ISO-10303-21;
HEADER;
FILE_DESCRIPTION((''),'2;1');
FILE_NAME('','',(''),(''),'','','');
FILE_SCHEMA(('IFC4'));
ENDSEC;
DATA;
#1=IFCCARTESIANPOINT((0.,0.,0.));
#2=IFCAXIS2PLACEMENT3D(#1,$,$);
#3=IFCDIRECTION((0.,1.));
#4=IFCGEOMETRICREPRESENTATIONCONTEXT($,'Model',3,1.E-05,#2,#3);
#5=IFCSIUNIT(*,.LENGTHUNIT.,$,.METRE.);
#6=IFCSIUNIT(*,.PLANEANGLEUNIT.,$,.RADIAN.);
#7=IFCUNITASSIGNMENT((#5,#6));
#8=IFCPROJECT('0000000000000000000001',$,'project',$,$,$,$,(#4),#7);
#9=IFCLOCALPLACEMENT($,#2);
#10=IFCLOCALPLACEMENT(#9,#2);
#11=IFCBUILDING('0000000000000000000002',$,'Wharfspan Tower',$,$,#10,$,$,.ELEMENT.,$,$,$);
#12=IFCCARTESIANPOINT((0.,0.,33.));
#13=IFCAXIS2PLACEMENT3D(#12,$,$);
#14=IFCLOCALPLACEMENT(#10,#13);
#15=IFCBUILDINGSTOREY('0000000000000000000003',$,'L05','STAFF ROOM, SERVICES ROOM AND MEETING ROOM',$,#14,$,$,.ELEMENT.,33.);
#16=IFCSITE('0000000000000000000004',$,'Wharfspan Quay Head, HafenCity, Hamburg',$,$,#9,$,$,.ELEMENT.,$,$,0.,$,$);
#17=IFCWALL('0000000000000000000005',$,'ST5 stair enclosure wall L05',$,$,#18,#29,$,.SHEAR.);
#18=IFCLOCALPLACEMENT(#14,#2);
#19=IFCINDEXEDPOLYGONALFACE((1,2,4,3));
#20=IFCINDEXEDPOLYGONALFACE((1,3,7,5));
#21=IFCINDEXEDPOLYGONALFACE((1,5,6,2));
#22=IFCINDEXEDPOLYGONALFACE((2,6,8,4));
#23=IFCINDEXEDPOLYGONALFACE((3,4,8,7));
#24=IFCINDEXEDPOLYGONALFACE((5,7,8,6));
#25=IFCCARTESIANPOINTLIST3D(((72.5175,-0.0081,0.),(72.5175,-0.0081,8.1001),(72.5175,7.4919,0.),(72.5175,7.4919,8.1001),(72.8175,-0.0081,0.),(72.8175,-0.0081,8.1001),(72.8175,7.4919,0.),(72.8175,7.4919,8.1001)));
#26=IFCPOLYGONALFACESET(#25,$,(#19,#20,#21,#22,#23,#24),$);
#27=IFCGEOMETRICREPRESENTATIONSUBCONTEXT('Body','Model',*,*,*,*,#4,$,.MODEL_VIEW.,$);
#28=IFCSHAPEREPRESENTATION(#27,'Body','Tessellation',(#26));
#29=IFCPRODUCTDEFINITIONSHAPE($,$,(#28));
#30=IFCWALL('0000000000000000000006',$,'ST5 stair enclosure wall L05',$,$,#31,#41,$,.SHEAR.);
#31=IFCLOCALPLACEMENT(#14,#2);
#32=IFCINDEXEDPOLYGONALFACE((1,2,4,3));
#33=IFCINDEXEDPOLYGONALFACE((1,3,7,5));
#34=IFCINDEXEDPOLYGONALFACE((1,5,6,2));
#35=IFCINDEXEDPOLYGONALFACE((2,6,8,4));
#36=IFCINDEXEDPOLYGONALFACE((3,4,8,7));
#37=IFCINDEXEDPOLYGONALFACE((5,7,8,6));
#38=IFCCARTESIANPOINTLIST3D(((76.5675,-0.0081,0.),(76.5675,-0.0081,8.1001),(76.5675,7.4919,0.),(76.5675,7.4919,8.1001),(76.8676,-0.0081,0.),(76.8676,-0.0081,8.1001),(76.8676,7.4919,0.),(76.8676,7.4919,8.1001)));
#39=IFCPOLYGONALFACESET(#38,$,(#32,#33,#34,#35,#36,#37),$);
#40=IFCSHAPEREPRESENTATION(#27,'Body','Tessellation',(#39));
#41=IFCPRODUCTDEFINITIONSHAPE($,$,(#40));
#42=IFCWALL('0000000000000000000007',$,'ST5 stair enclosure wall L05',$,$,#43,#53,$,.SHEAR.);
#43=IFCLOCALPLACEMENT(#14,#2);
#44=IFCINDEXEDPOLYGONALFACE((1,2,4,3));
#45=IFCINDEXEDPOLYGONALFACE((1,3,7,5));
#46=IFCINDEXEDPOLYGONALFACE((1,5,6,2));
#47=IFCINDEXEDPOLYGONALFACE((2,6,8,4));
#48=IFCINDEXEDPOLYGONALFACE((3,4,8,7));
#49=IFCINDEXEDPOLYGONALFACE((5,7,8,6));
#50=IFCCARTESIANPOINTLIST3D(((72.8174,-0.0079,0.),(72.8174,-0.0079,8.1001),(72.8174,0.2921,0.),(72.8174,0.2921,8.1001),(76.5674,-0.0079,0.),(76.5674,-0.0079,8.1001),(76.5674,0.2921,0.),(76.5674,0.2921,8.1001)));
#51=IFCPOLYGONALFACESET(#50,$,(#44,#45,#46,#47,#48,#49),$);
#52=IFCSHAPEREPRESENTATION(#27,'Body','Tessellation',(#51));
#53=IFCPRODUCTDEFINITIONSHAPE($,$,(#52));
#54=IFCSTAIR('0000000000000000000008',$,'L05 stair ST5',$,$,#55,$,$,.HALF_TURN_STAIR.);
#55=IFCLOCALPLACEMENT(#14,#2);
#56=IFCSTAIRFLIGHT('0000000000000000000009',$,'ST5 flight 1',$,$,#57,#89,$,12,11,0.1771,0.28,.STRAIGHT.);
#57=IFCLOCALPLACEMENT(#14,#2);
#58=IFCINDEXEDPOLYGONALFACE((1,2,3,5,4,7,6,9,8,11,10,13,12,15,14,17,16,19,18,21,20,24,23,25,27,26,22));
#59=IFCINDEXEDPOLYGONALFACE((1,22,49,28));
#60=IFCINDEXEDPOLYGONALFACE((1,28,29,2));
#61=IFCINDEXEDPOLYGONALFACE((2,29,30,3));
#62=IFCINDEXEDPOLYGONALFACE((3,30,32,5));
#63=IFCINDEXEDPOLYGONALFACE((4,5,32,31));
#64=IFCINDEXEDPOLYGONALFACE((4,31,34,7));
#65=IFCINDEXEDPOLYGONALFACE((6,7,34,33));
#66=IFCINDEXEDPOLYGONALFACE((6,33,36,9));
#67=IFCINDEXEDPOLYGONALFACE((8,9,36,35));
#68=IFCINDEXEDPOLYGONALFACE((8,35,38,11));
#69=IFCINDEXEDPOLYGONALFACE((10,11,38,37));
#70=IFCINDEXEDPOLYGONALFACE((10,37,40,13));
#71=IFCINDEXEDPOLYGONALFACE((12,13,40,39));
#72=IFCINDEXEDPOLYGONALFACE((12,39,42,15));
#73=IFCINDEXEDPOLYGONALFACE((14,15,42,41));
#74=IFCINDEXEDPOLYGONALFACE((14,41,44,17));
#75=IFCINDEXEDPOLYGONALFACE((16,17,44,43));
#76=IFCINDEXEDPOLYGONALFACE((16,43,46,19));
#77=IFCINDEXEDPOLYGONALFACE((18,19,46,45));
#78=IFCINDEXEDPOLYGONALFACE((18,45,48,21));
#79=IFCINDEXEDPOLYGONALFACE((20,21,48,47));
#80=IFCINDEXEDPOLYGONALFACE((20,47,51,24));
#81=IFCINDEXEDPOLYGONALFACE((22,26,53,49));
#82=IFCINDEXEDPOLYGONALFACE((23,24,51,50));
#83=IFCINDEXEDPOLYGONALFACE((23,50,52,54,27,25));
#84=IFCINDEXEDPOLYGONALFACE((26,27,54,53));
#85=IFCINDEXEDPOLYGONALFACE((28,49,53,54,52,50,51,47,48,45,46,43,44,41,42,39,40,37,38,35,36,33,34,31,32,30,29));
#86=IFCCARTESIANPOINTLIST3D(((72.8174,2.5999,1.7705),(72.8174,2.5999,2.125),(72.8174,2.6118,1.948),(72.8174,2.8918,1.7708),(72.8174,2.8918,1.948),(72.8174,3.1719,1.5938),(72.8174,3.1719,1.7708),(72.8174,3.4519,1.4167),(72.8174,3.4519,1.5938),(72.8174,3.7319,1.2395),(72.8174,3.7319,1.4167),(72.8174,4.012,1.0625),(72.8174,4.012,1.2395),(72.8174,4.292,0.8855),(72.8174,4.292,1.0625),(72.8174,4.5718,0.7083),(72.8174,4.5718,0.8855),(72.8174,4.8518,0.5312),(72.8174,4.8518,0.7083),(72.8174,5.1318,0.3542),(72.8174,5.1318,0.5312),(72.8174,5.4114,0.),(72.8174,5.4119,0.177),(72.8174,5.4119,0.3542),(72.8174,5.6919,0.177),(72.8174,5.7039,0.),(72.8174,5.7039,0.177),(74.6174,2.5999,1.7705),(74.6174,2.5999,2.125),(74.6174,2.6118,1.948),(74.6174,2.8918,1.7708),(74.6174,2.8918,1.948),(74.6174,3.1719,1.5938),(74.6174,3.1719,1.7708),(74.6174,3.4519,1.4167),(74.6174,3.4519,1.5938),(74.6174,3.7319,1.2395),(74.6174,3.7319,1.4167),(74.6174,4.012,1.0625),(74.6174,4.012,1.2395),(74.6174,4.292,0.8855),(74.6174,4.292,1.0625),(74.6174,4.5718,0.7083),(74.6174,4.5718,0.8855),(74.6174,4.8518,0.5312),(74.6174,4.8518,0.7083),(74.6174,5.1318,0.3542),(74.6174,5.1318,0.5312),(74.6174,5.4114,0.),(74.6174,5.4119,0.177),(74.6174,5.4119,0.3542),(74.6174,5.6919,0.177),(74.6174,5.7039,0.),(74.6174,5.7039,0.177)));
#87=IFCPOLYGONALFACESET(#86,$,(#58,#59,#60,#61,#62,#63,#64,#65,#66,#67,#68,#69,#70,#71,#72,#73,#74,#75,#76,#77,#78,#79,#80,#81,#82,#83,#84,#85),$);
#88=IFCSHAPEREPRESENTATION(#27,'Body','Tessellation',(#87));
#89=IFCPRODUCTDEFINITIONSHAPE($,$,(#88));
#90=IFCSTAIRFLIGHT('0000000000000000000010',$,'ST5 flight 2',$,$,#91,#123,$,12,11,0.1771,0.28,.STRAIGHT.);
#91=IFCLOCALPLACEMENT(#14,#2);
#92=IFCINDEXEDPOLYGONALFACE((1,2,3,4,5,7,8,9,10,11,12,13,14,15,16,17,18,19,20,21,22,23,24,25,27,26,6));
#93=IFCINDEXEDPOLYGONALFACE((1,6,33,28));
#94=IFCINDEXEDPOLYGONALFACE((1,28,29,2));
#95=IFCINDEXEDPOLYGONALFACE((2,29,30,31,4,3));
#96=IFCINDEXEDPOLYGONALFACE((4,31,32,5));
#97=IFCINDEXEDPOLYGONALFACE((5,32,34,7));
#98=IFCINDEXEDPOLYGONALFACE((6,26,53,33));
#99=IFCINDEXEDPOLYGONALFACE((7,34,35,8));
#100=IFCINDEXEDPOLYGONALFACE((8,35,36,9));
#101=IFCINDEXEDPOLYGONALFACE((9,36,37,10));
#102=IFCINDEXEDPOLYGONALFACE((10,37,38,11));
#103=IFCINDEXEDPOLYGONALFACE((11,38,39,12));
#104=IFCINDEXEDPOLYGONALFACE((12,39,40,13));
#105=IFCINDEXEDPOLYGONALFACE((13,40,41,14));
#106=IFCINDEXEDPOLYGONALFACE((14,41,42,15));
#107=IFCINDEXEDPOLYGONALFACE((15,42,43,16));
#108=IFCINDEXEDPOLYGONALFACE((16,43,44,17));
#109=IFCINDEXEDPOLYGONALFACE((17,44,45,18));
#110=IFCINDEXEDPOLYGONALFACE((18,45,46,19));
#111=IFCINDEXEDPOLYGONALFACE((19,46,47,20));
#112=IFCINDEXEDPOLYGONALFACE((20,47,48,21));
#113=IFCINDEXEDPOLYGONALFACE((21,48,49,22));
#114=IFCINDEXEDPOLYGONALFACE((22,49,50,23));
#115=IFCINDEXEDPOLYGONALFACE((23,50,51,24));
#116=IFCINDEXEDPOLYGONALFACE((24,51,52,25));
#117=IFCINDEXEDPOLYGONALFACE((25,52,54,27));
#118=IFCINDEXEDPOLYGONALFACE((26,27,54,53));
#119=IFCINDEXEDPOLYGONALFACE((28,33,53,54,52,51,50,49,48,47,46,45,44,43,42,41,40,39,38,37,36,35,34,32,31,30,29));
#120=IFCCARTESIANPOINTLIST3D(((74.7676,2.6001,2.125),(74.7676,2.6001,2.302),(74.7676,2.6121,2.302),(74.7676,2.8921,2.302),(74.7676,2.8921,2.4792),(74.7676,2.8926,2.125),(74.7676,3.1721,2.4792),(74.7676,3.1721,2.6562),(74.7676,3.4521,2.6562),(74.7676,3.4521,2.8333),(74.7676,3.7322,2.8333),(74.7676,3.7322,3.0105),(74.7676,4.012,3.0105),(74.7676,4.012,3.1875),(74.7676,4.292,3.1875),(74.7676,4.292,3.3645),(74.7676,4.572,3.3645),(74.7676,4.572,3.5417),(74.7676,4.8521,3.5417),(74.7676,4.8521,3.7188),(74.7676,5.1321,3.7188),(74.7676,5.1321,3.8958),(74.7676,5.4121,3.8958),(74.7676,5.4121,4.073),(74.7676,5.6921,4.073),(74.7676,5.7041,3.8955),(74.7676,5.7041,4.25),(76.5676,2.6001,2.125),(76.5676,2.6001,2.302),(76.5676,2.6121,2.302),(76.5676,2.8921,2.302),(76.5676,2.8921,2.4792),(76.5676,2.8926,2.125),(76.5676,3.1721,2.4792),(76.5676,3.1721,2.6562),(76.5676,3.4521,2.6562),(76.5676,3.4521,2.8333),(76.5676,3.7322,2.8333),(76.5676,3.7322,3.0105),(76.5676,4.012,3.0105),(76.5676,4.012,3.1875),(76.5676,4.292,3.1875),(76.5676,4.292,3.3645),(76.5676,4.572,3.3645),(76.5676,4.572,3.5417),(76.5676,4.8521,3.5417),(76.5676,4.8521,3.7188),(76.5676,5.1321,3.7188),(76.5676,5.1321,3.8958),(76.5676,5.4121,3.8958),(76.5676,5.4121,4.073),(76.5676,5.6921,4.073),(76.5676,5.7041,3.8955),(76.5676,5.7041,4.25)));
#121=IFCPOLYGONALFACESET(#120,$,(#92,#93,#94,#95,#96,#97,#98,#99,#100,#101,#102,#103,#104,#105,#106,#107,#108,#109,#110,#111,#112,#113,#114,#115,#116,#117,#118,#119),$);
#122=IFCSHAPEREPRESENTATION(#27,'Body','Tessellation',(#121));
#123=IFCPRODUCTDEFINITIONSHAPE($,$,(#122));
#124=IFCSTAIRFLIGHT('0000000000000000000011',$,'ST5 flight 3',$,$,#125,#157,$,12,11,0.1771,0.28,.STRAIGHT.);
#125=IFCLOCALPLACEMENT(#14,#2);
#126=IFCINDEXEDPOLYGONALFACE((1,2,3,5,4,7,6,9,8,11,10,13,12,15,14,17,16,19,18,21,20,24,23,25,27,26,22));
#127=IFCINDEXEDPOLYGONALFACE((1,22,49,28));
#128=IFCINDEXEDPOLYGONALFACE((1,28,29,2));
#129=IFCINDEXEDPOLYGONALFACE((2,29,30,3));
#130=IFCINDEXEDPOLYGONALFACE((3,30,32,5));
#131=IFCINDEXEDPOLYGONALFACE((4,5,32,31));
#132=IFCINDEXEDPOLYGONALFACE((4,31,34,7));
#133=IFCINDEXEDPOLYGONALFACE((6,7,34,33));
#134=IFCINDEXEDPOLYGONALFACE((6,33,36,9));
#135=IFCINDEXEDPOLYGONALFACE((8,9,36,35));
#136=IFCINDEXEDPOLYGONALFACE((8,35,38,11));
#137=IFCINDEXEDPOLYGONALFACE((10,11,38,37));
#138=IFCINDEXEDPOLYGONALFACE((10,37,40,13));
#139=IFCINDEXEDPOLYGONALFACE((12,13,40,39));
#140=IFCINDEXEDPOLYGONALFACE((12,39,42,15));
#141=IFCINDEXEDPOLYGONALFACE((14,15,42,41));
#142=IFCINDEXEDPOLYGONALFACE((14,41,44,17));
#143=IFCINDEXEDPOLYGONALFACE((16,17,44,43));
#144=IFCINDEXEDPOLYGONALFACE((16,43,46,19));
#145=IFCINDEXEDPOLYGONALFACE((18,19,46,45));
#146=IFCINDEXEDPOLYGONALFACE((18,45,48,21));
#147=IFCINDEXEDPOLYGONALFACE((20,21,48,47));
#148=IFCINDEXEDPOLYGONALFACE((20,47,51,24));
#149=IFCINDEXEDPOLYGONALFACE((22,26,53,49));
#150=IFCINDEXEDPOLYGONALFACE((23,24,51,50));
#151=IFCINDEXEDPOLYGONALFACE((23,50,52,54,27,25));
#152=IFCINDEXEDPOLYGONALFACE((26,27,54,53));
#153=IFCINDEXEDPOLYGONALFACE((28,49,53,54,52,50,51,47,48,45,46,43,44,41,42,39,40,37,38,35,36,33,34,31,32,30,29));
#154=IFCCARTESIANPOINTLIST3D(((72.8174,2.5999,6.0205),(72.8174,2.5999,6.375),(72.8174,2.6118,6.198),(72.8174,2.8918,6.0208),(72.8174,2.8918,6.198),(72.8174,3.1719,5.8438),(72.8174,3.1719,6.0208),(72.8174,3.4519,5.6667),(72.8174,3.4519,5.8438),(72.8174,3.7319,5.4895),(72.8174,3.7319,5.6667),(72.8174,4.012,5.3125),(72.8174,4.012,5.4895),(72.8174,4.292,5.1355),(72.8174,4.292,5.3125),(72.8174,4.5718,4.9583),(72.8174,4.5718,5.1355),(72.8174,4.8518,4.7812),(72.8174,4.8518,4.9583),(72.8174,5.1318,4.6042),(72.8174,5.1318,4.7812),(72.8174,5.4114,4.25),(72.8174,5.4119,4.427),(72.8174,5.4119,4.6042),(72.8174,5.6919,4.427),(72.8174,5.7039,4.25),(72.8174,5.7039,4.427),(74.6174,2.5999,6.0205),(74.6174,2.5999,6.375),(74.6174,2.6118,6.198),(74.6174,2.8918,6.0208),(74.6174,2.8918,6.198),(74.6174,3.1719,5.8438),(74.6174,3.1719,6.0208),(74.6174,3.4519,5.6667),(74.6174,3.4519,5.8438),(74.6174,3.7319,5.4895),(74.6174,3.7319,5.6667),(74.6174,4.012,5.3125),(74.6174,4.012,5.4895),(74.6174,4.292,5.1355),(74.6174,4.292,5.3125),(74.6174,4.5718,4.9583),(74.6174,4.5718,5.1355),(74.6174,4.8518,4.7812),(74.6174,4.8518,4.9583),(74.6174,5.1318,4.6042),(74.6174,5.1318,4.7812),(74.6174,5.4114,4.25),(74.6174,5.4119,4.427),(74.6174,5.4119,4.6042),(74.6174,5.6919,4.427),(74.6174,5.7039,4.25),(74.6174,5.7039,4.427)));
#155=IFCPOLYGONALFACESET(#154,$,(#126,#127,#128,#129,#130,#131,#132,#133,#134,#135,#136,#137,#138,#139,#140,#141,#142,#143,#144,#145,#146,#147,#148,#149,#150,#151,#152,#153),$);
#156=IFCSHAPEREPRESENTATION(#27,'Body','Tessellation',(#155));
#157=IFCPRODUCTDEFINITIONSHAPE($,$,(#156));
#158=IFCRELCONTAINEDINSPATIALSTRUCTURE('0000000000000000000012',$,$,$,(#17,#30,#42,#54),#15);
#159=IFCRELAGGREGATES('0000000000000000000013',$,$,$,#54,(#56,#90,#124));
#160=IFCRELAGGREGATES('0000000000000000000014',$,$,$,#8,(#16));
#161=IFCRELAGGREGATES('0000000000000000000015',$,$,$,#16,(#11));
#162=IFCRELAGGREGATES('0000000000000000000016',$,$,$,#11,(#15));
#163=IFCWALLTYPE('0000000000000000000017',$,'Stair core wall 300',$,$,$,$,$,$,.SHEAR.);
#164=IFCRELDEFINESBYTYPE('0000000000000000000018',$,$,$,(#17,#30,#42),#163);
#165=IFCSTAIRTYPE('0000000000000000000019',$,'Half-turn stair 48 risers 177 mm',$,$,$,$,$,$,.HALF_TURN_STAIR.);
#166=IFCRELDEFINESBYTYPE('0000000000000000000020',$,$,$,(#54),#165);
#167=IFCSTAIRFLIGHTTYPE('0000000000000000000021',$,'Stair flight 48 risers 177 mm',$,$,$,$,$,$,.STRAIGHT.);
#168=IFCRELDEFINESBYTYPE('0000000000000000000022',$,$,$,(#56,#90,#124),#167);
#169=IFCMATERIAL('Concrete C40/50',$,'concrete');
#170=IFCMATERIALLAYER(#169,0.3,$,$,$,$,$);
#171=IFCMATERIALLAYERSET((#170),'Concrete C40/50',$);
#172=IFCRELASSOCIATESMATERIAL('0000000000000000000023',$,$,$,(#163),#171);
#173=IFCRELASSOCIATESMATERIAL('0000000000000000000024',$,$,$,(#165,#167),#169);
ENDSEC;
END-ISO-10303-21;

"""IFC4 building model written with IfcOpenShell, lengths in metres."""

from ifc_helpers import new_model, si_unit, direction, frame, frame_2d, origin, place, context, subcontext, project, spatial, polyline, rectangle, outline, extrude, material, layer, layer_set, type_object, element, aggregate, save


model = new_model("IFC4")

# Units and contexts
model_context = context("Model", 3, precision=1e-05, world=origin(), true_north=direction((0.0, 1.0)))
body_context = subcontext(model_context, "Body", "Model", "MODEL_VIEW")
ifc_project = project(units=[si_unit("LENGTHUNIT", "METRE"), si_unit("PLANEANGLEUNIT", "RADIAN")], contexts=[model_context])

# Site, building, storey
site_placement = place(None, origin())
site = spatial("IfcSite", under=ifc_project, at=site_placement, Name="Wharfspan Quay Head, HafenCity, Hamburg", CompositionType="ELEMENT", RefElevation=0.0)
building_placement = place(site_placement, origin())
building = spatial("IfcBuilding", under=site, at=building_placement, Name="Wharfspan Tower", CompositionType="ELEMENT")
storey_placement = place(building_placement, frame((0.0, 0.0, 33.0)))
storey = spatial("IfcBuildingStorey", under=building, at=storey_placement, Name="L05", Description="STAFF ROOM, SERVICES ROOM AND MEETING ROOM", CompositionType="ELEMENT", Elevation=33.0)

# Walls
ifc_material_1 = material(Name="Concrete C40/50", Category="concrete")
ifc_layer = layer(ifc_material_1, 0.3)
ifc_layer_set = layer_set([ifc_layer], Name="Concrete C40/50")
wall_type = type_object("IfcWallType", Name="Stair core wall 300", PredefinedType="SHEAR", material=ifc_layer_set)
for number, where, z_axis, x_axis, name in (
    (1, (72.6675, -0.0081, 0.0), (0.0, 0.0, 1.0), (0.0, 1.0, 0.0), "ST5 stair enclosure wall L05"),
    (2, (76.7175, -0.0081, 0.0), (0.0, 0.0, 1.0), (0.0, 1.0, 0.0), "ST5 stair enclosure wall L05"),
):
    element("IfcWall", number, at=place(storey_placement, frame(where, z_axis=z_axis, x_axis=x_axis)), inside=storey, type_object=wall_type, Name=name, PredefinedType="SHEAR", context=body_context, shape_type="SweptSolid", body=[
        extrude(rectangle(XDim=7.5, YDim=0.3, at=frame_2d((3.75, 0.0))), origin(), (0.0, 0.0, 1.0), 8.1001),
    ])
wall_placement = place(storey_placement, frame((72.8174, 0.1421, 0.0), z_axis=(0.0, 0.0, 1.0), x_axis=(1.0, 0.0, 0.0)))
element("IfcWall", 3, at=wall_placement, inside=storey, type_object=wall_type, Name="ST5 stair enclosure wall L05", PredefinedType="SHEAR", context=body_context, shape_type="SweptSolid", body=[
    extrude(rectangle(XDim=3.75, YDim=0.3, at=frame_2d((1.875, 0.0))), origin(), (0.0, 0.0, 1.0), 8.1001),
])

# Stair, stair flights
stair_type = type_object("IfcStairType", Name="Half-turn stair 48 risers 177 mm", PredefinedType="HALF_TURN_STAIR", material=ifc_material_1)
stair_placement = place(storey_placement, origin())
stair = element("IfcStair", 4, at=stair_placement, inside=storey, type_object=stair_type, Name="L05 stair ST5", PredefinedType="HALF_TURN_STAIR")
stair_flight_type = type_object("IfcStairFlightType", Name="Stair flight 48 risers 177 mm", PredefinedType="STRAIGHT", material=ifc_material_1)
stair_flight_1_placement = place(storey_placement, frame((73.7175, 5.6919, 0.0), z_axis=(0.0, 0.0, 1.0), x_axis=(0.0, -1.0, 0.0)))
stair_flight_1 = element("IfcStairFlight", 5, at=stair_flight_1_placement, type_object=stair_flight_type, Name="ST5 flight 1", NumberOfRisers=12, NumberOfTreads=11, PredefinedType="STRAIGHT", RiserHeight=0.1771, TreadLength=0.28, context=body_context, shape_type="SweptSolid", body=[
    extrude(outline(polyline([(-0.012, 0.0), (-0.012, 0.177), (0.0, 0.177), (0.28, 0.177), (0.28, 0.3542), (0.5601, 0.3542), (0.5601, 0.5312), (0.8401, 0.5312), (0.8401, 0.7083), (1.1201, 0.7083), (1.1201, 0.8855), (1.3999, 0.8855), (1.3999, 1.0625), (1.6799, 1.0625), (1.6799, 1.2395), (1.96, 1.2395), (1.96, 1.4167), (2.24, 1.4167), (2.24, 1.5938), (2.52, 1.5938), (2.52, 1.7708), (2.8, 1.7708), (2.8, 1.948), (3.0801, 1.948), (3.092, 2.125), (3.092, 1.7705), (0.2805, 0.0), (-0.012, 0.0)])), frame((0.0, 0.8999, 0.0), z_axis=(0.0, -1.0, 0.0), x_axis=(1.0, 0.0, 0.0)), (0.0, 0.0, 1.0), 1.8),
])
stair_flight_2_placement = place(storey_placement, frame((75.6675, 2.6121, 2.125), z_axis=(0.0, 0.0, 1.0), x_axis=(0.0, 1.0, 0.0)))
stair_flight_2 = element("IfcStairFlight", 6, at=stair_flight_2_placement, type_object=stair_flight_type, Name="ST5 flight 2", NumberOfRisers=12, NumberOfTreads=11, PredefinedType="STRAIGHT", RiserHeight=0.1771, TreadLength=0.28, context=body_context, shape_type="SweptSolid", body=[
    extrude(outline(polyline([(-0.012, 0.0), (-0.012, 0.177), (0.0, 0.177), (0.28, 0.177), (0.28, 0.3542), (0.5601, 0.3542), (0.5601, 0.5312), (0.8401, 0.5312), (0.8401, 0.7083), (1.1201, 0.7083), (1.1201, 0.8855), (1.3999, 0.8855), (1.3999, 1.0625), (1.6799, 1.0625), (1.6799, 1.2395), (1.96, 1.2395), (1.96, 1.4167), (2.24, 1.4167), (2.24, 1.5938), (2.52, 1.5938), (2.52, 1.7708), (2.8, 1.7708), (2.8, 1.948), (3.0801, 1.948), (3.092, 2.125), (3.092, 1.7705), (0.2805, 0.0), (-0.012, 0.0)])), frame((0.0, 0.8999, 0.0), z_axis=(0.0, -1.0, 0.0), x_axis=(1.0, 0.0, 0.0)), (0.0, 0.0, 1.0), 1.8),
])
stair_flight_3_placement = place(storey_placement, frame((73.7175, 5.6919, 4.25), z_axis=(0.0, 0.0, 1.0), x_axis=(0.0, -1.0, 0.0)))
stair_flight_3 = element("IfcStairFlight", 7, at=stair_flight_3_placement, type_object=stair_flight_type, Name="ST5 flight 3", NumberOfRisers=12, NumberOfTreads=11, PredefinedType="STRAIGHT", RiserHeight=0.1771, TreadLength=0.28, context=body_context, shape_type="SweptSolid", body=[
    extrude(outline(polyline([(-0.012, 0.0), (-0.012, 0.177), (0.0, 0.177), (0.28, 0.177), (0.28, 0.3542), (0.5601, 0.3542), (0.5601, 0.5312), (0.8401, 0.5312), (0.8401, 0.7083), (1.1201, 0.7083), (1.1201, 0.8855), (1.3999, 0.8855), (1.3999, 1.0625), (1.6799, 1.0625), (1.6799, 1.2395), (1.96, 1.2395), (1.96, 1.4167), (2.24, 1.4167), (2.24, 1.5938), (2.52, 1.5938), (2.52, 1.7708), (2.8, 1.7708), (2.8, 1.948), (3.0801, 1.948), (3.092, 2.125), (3.092, 1.7705), (0.2805, 0.0), (-0.012, 0.0)])), frame((0.0, 0.8999, 0.0), z_axis=(0.0, -1.0, 0.0), x_axis=(1.0, 0.0, 0.0)), (0.0, 0.0, 1.0), 1.8),
])
aggregate(stair, [stair_flight_1, stair_flight_2, stair_flight_3])

save(model, "model.ifc")
